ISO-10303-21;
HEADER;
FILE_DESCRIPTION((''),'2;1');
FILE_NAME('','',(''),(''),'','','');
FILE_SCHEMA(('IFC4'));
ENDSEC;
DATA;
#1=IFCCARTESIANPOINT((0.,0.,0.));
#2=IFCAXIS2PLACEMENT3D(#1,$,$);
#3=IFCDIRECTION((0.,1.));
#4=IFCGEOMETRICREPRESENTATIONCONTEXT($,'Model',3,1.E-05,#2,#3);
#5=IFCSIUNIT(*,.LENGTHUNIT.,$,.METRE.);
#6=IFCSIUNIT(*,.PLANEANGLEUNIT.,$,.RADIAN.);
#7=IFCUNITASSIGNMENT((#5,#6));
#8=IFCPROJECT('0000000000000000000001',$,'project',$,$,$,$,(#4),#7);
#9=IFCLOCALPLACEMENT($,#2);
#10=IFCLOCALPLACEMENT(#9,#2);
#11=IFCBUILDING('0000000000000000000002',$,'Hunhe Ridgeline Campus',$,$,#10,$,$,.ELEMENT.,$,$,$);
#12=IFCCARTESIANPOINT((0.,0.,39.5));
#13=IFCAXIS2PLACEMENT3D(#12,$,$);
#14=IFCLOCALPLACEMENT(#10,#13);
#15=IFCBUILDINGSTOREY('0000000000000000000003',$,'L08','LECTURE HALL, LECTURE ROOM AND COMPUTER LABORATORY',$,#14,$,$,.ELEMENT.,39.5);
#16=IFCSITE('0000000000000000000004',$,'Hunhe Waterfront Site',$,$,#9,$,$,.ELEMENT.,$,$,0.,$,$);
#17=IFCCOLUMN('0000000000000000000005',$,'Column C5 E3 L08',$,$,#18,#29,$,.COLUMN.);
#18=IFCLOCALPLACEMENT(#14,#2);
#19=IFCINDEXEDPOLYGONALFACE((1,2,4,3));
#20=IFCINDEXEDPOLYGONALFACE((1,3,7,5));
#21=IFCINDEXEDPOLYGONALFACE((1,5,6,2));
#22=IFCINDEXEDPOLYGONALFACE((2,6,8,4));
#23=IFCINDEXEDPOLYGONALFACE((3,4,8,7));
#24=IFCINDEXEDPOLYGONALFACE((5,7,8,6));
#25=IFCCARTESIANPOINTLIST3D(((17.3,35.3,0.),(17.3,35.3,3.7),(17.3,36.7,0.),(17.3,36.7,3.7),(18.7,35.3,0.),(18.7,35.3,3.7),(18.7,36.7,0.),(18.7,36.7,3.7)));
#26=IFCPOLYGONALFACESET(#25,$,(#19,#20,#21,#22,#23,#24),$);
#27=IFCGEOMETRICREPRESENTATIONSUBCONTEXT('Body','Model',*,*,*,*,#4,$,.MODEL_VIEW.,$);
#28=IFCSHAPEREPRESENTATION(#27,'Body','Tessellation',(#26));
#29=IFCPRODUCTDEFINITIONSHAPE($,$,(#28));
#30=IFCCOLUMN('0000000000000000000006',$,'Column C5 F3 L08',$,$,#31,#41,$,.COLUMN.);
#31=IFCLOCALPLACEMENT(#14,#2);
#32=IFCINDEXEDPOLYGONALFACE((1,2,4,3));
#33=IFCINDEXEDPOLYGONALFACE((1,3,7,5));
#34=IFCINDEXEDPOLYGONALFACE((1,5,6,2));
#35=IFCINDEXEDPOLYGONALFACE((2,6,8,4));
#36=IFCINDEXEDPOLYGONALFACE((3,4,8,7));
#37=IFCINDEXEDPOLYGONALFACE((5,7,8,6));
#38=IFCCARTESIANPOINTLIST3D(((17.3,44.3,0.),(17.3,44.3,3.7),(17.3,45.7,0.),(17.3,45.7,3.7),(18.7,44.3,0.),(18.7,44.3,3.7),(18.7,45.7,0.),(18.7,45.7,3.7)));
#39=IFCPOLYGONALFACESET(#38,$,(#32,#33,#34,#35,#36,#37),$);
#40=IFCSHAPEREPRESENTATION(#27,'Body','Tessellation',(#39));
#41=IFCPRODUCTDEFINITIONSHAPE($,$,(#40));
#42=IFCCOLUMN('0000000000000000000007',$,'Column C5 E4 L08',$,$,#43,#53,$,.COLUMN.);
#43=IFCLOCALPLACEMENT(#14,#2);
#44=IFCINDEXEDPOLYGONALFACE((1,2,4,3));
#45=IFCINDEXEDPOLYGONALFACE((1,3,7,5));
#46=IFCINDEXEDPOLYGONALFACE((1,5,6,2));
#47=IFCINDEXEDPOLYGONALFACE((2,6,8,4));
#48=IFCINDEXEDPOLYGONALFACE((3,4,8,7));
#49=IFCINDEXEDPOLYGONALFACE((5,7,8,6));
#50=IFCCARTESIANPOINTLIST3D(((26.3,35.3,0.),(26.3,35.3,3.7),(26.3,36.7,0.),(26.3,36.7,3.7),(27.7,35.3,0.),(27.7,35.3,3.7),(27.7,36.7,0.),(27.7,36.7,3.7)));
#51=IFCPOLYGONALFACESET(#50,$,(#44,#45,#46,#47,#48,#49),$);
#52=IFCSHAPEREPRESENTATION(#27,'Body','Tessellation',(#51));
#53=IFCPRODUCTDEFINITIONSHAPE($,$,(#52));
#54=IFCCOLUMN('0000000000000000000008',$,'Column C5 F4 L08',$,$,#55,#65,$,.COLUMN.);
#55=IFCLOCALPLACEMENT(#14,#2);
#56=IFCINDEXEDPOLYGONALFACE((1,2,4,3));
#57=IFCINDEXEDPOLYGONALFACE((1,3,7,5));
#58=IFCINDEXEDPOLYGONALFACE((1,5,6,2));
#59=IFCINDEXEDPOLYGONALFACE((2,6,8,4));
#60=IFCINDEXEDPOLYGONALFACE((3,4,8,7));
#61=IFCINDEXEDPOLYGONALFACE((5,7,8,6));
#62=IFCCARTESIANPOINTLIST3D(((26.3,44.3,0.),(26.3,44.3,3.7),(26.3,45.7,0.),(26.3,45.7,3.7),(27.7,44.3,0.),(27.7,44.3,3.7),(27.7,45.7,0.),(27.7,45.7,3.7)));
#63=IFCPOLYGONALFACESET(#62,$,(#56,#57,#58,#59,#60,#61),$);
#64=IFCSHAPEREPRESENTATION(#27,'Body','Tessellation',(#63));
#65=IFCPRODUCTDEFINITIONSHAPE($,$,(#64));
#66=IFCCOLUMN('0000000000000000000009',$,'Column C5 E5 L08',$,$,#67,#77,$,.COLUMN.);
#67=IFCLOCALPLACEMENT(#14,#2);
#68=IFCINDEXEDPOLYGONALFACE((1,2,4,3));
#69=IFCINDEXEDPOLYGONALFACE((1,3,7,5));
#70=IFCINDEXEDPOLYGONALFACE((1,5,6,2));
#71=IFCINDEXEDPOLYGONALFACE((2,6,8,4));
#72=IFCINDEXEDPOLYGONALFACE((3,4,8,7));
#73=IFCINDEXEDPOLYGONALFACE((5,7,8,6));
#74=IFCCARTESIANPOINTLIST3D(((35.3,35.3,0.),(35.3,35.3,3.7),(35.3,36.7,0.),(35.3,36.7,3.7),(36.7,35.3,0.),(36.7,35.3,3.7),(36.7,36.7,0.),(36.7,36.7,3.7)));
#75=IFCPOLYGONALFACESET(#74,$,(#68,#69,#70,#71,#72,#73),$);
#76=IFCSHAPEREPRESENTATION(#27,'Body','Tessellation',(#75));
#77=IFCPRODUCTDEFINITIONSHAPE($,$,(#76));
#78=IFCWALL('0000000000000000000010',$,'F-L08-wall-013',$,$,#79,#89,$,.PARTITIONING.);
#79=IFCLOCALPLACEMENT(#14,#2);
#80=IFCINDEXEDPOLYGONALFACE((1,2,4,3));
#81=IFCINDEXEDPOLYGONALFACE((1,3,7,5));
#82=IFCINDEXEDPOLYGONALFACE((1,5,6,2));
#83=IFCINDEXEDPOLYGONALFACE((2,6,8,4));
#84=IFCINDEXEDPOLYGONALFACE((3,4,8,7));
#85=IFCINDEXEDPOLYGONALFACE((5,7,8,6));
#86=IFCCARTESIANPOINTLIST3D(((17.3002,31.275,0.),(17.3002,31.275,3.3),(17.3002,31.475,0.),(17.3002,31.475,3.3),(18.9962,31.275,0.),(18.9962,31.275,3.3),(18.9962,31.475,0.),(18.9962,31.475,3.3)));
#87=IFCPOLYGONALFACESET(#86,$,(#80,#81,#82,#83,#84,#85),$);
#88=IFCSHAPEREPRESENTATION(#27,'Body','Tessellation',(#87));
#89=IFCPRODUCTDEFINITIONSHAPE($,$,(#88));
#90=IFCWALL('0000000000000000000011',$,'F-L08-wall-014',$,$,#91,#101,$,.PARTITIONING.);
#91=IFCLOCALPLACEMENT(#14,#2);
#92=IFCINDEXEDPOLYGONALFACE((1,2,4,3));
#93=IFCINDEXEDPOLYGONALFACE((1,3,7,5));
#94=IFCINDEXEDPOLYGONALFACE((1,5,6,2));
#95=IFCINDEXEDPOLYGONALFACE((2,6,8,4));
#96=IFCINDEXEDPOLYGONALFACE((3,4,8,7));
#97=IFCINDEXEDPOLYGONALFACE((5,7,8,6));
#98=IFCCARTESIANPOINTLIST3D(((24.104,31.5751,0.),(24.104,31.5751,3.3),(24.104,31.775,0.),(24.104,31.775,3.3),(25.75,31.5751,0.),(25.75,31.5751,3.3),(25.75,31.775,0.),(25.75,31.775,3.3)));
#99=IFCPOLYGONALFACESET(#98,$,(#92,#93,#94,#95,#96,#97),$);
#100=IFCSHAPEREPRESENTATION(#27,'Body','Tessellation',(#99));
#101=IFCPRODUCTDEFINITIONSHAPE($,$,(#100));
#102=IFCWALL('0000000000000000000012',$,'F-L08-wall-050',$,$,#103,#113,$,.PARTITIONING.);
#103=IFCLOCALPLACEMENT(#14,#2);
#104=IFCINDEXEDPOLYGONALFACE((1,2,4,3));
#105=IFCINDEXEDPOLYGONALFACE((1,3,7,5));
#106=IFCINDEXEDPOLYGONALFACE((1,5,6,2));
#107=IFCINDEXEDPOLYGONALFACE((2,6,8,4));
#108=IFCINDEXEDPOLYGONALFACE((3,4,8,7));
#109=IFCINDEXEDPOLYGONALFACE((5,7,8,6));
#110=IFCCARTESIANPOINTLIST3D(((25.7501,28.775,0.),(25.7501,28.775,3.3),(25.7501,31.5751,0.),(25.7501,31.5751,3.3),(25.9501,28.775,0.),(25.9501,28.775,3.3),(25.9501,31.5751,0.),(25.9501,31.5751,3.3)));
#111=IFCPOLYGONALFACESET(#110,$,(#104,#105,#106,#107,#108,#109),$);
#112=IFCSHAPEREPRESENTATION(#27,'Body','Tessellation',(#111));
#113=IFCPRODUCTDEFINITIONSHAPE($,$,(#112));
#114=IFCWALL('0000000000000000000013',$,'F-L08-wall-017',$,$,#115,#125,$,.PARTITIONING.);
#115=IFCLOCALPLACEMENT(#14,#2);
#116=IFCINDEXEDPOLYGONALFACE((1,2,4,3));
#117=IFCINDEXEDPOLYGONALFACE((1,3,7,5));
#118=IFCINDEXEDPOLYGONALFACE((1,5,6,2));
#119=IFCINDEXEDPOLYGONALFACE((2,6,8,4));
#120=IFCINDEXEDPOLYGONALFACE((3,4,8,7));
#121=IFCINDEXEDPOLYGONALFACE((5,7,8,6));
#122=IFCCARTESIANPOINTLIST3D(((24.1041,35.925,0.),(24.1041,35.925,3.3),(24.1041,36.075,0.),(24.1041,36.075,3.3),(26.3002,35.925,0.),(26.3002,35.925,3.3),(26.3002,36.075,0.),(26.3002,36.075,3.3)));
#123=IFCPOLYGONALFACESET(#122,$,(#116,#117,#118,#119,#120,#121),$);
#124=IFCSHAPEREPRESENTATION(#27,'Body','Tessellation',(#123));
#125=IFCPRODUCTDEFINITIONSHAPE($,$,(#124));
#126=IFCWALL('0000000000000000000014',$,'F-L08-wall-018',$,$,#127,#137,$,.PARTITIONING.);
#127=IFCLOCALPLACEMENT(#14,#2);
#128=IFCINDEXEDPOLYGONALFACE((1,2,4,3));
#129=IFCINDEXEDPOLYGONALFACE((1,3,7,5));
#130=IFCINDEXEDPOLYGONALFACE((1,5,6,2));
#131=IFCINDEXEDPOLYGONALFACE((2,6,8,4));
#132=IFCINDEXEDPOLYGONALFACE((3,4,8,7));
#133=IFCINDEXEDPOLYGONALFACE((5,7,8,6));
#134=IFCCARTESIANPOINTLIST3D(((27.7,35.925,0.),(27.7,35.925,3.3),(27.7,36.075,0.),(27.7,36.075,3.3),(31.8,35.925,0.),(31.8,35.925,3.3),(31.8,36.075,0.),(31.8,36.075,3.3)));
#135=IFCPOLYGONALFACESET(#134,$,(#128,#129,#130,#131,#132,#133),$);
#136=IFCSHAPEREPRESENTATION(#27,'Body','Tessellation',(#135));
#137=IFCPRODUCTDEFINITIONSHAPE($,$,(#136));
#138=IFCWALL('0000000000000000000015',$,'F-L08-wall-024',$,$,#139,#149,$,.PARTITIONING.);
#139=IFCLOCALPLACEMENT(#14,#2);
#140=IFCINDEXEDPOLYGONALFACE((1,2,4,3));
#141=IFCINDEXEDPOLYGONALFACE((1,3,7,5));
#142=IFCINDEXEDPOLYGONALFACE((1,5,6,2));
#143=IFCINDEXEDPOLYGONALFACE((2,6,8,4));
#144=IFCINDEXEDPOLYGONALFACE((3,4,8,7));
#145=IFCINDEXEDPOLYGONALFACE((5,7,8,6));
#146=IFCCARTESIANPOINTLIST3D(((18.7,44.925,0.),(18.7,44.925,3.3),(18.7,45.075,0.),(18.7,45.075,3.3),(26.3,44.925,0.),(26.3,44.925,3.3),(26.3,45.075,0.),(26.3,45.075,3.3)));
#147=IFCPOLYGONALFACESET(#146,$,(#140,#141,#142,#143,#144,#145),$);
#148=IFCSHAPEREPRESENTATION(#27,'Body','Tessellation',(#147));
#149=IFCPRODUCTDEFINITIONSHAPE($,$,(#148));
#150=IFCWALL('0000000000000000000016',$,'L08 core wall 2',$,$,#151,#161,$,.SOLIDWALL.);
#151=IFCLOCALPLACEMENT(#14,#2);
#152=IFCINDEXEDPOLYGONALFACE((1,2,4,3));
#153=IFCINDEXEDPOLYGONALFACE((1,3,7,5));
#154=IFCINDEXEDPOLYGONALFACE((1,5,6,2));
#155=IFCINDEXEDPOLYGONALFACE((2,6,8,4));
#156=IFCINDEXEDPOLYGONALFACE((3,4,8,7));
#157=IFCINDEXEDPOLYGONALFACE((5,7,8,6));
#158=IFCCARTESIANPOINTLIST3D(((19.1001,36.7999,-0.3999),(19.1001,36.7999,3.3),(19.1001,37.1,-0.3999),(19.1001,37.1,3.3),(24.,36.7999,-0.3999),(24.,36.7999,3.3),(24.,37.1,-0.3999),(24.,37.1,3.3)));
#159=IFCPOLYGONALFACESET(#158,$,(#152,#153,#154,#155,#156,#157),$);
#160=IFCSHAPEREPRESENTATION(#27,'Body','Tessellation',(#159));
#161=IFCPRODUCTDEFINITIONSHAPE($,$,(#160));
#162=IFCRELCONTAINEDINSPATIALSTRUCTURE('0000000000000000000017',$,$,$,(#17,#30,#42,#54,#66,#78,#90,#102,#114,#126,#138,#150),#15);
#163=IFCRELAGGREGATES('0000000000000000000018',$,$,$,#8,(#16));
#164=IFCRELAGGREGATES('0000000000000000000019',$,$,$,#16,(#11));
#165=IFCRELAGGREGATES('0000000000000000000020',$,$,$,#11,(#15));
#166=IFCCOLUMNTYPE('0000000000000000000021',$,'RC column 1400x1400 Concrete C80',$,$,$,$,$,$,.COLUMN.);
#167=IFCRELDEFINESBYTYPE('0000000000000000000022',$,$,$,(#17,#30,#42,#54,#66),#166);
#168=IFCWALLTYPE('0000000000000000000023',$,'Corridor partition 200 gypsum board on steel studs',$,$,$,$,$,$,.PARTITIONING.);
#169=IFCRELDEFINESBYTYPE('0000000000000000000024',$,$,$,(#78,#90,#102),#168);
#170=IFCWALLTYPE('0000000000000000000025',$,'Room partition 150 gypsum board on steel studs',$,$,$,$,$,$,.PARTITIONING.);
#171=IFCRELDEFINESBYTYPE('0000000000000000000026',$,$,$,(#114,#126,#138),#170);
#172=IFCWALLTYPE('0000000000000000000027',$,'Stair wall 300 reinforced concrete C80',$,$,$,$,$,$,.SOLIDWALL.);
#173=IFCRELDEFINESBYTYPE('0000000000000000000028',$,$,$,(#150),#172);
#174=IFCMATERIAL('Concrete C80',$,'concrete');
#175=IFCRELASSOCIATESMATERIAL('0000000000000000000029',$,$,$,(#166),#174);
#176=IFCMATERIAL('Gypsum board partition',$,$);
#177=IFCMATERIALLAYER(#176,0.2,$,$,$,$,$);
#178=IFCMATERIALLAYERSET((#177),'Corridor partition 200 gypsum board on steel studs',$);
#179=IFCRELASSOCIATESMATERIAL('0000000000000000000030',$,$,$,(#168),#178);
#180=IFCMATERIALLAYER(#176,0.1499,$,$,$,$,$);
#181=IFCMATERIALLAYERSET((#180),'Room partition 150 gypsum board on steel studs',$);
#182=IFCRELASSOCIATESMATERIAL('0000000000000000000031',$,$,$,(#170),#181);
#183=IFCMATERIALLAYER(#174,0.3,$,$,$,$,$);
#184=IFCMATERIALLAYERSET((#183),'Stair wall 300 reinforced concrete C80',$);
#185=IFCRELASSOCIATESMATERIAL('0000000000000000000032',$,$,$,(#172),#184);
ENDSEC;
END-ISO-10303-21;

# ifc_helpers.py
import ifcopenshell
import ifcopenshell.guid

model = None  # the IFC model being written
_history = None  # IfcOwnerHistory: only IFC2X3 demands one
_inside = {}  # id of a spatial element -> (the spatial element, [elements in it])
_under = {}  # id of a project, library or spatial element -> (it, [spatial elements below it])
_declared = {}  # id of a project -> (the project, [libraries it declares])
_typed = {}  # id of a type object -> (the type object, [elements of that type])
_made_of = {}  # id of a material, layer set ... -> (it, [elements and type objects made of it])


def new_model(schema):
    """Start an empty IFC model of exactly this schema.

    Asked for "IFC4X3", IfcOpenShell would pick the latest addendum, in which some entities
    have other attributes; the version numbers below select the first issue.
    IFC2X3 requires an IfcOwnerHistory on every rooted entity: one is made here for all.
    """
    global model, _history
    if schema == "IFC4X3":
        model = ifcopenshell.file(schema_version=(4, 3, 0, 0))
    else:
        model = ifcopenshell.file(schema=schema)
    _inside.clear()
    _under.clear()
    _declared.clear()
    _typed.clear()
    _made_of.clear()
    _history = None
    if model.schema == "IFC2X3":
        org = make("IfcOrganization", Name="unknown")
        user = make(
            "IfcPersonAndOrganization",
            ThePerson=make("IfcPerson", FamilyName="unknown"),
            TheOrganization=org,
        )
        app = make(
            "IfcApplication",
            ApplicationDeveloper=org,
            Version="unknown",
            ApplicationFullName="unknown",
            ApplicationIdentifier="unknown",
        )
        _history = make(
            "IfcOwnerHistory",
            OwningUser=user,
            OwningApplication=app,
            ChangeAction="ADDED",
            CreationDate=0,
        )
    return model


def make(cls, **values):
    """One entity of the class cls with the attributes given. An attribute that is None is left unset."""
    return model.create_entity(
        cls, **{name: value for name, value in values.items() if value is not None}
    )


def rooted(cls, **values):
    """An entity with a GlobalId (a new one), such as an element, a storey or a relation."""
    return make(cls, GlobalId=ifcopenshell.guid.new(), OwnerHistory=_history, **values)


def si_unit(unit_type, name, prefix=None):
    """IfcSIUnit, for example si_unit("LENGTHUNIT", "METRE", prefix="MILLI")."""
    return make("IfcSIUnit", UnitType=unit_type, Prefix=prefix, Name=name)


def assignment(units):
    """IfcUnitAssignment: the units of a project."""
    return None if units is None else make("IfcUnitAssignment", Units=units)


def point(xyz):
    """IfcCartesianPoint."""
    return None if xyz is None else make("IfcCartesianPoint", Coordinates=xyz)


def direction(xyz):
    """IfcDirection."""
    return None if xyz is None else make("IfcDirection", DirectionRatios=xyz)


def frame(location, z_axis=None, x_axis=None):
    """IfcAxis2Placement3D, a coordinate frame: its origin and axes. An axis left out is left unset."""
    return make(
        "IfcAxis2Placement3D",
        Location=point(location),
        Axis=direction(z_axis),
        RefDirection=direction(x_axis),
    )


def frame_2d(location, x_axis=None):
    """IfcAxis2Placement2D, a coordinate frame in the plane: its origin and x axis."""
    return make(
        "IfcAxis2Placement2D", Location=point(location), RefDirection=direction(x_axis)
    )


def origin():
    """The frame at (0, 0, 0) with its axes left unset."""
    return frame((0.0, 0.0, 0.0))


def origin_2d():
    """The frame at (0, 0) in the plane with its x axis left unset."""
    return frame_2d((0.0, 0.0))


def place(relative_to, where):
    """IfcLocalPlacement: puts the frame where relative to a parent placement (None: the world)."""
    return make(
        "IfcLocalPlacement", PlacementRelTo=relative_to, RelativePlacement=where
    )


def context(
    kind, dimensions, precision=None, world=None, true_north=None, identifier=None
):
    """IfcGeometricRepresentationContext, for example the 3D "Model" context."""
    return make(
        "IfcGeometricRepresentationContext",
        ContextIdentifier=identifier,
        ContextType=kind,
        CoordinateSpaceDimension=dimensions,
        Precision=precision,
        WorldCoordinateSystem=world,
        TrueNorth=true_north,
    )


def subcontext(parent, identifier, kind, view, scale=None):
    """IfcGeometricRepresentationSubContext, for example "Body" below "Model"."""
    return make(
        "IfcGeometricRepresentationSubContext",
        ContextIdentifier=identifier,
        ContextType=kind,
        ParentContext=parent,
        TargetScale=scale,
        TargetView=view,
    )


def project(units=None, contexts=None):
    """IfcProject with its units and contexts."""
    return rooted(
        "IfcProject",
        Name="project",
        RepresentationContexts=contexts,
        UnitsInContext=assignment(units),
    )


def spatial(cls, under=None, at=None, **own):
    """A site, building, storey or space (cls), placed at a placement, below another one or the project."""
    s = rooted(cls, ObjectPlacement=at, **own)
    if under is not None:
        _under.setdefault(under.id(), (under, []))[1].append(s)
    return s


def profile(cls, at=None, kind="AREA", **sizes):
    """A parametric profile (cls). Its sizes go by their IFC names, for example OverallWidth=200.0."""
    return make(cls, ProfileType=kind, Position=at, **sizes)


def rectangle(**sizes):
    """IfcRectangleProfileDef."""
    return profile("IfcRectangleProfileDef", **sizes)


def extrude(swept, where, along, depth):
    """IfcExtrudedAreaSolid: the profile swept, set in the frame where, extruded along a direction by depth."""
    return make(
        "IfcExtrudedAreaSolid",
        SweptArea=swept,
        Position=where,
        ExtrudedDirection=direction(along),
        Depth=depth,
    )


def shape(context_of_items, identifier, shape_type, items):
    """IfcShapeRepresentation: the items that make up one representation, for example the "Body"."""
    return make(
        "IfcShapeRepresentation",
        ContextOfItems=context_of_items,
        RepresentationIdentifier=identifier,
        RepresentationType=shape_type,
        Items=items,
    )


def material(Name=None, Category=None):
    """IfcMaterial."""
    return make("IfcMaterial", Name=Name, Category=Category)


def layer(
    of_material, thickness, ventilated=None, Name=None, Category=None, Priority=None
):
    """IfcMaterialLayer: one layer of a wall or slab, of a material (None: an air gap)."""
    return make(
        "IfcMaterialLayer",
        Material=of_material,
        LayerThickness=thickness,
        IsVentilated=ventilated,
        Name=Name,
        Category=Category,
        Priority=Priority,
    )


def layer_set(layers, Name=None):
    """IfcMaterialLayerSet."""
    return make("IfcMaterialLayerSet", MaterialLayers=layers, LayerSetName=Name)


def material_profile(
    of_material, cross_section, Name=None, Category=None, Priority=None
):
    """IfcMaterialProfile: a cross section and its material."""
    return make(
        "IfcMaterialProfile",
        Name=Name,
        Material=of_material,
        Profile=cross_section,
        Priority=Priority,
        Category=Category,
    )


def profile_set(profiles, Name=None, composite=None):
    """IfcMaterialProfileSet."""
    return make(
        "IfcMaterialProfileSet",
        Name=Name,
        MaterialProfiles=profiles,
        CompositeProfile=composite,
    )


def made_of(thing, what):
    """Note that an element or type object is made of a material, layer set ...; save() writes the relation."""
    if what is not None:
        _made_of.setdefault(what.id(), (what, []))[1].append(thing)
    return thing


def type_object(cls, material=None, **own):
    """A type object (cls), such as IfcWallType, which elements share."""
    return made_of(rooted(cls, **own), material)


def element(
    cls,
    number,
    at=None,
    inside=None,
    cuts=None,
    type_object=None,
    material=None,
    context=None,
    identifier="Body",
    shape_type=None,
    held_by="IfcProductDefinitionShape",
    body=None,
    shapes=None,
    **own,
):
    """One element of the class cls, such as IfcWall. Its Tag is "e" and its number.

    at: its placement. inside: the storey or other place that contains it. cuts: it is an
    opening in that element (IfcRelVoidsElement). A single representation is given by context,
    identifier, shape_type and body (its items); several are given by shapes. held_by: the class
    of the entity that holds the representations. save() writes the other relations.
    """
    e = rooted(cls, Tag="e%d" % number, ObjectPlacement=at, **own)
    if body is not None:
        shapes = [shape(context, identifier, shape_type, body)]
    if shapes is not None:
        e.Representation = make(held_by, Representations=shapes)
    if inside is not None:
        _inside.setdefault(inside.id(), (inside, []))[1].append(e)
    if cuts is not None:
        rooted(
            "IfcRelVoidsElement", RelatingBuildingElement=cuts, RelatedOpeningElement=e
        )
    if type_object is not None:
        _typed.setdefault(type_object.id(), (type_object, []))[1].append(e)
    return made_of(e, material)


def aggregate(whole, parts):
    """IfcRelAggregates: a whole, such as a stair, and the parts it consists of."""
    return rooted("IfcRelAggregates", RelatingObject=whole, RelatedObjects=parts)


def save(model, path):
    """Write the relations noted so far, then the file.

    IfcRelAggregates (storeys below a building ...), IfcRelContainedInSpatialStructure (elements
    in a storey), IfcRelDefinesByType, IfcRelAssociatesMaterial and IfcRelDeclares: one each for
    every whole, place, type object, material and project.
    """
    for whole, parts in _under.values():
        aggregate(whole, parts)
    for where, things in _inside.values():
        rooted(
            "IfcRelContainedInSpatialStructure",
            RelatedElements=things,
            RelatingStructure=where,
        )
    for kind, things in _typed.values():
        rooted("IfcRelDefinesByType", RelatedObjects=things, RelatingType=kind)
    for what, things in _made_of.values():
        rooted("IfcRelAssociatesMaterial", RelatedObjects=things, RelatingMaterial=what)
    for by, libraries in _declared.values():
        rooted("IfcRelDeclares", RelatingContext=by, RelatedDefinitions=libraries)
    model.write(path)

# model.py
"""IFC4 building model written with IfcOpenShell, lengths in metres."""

from ifc_helpers import new_model, si_unit, direction, frame, frame_2d, origin, origin_2d, place, context, subcontext, project, spatial, rectangle, extrude, material, layer, layer_set, material_profile, profile_set, type_object, element, save


model = new_model("IFC4")

# Units and contexts
model_context = context("Model", 3, precision=1e-05, world=origin(), true_north=direction((0.0, 1.0)))
body_context = subcontext(model_context, "Body", "Model", "MODEL_VIEW")
ifc_project = project(units=[si_unit("LENGTHUNIT", "METRE"), si_unit("PLANEANGLEUNIT", "RADIAN")], contexts=[model_context])

# Site, building, storey
site_placement = place(None, origin())
site = spatial("IfcSite", under=ifc_project, at=site_placement, Name="Hunhe Waterfront Site", CompositionType="ELEMENT", RefElevation=0.0)
building_placement = place(site_placement, origin())
building = spatial("IfcBuilding", under=site, at=building_placement, Name="Hunhe Ridgeline Campus", CompositionType="ELEMENT")
storey_placement = place(building_placement, frame((0.0, 0.0, 39.5)))
storey = spatial("IfcBuildingStorey", under=building, at=storey_placement, Name="L08", Description="LECTURE HALL, LECTURE ROOM AND COMPUTER LABORATORY", CompositionType="ELEMENT", Elevation=39.5)

# Columns
ifc_material_1 = material(Name="Concrete C80", Category="concrete")
ifc_material_profile = material_profile(ifc_material_1, rectangle(XDim=1.3999, YDim=1.3999, at=origin_2d()))
ifc_profile_set = profile_set([ifc_material_profile], Name="Concrete C80")
column_type = type_object("IfcColumnType", Name="RC column 1400x1400 Concrete C80", PredefinedType="COLUMN", material=ifc_profile_set)
for number, where, z_axis, x_axis, name in (
    (1, (18.0, 36.0, 0.0), (0.0, 0.0, 1.0), (1.0, 0.0, 0.0), "Column C5 E3 L08"),
    (2, (18.0, 45.0, 0.0), (0.0, 0.0, 1.0), (1.0, 0.0, 0.0), "Column C5 F3 L08"),
    (3, (27.0, 36.0, 0.0), (0.0, 0.0, 1.0), (1.0, 0.0, 0.0), "Column C5 E4 L08"),
    (4, (27.0, 45.0, 0.0), (0.0, 0.0, 1.0), (1.0, 0.0, 0.0), "Column C5 F4 L08"),
    (5, (36.0, 36.0, 0.0), (0.0, 0.0, 1.0), (1.0, 0.0, 0.0), "Column C5 E5 L08"),
):
    element("IfcColumn", number, at=place(storey_placement, frame(where, z_axis=z_axis, x_axis=x_axis)), inside=storey, type_object=column_type, Name=name, PredefinedType="COLUMN", context=body_context, shape_type="SweptSolid", body=[
        extrude(rectangle(XDim=1.3999, YDim=1.3999, at=origin_2d()), origin(), (0.0, 0.0, 1.0), 3.7),
    ])

# Walls
ifc_material_2 = material(Name="Gypsum board partition")
ifc_layer_1 = layer(ifc_material_2, 0.2)
ifc_layer_set_1 = layer_set([ifc_layer_1], Name="Corridor partition 200 gypsum board on steel studs")
wall_type_1 = type_object("IfcWallType", Name="Corridor partition 200 gypsum board on steel studs", PredefinedType="PARTITIONING", material=ifc_layer_set_1)
wall_1_placement = place(storey_placement, frame((17.3, 31.375, 0.0), z_axis=(0.0, 0.0, 1.0), x_axis=(1.0, 0.0, 0.0)))
element("IfcWall", 6, at=wall_1_placement, inside=storey, type_object=wall_type_1, Name="F-L08-wall-013", PredefinedType="PARTITIONING", context=body_context, shape_type="SweptSolid", body=[
    extrude(rectangle(XDim=1.696, YDim=0.2, at=frame_2d((0.8481, 0.0))), origin(), (0.0, 0.0, 1.0), 3.3),
])
wall_2_placement = place(storey_placement, frame((24.104, 31.675, 0.0), z_axis=(0.0, 0.0, 1.0), x_axis=(1.0, 0.0, 0.0)))
element("IfcWall", 7, at=wall_2_placement, inside=storey, type_object=wall_type_1, Name="F-L08-wall-014", PredefinedType="PARTITIONING", context=body_context, shape_type="SweptSolid", body=[
    extrude(rectangle(XDim=1.646, YDim=0.2, at=frame_2d((0.823, 0.0))), origin(), (0.0, 0.0, 1.0), 3.3),
])

# Walls
wall_3_placement = place(storey_placement, frame((25.8501, 31.575, 0.0), z_axis=(0.0, 0.0, 1.0), x_axis=(0.0, -1.0, 0.0)))
element("IfcWall", 8, at=wall_3_placement, inside=storey, type_object=wall_type_1, Name="F-L08-wall-050", PredefinedType="PARTITIONING", context=body_context, shape_type="SweptSolid", body=[
    extrude(rectangle(XDim=2.8, YDim=0.2, at=frame_2d((1.3999, 0.0))), origin(), (0.0, 0.0, 1.0), 3.3),
])
ifc_layer_2 = layer(ifc_material_2, 0.1499)
ifc_layer_set_2 = layer_set([ifc_layer_2], Name="Room partition 150 gypsum board on steel studs")
wall_type_2 = type_object("IfcWallType", Name="Room partition 150 gypsum board on steel studs", PredefinedType="PARTITIONING", material=ifc_layer_set_2)
wall_4_placement = place(storey_placement, frame((24.104, 36.0, 0.0), z_axis=(0.0, 0.0, 1.0), x_axis=(1.0, 0.0, 0.0)))
element("IfcWall", 9, at=wall_4_placement, inside=storey, type_object=wall_type_2, Name="F-L08-wall-017", PredefinedType="PARTITIONING", context=body_context, shape_type="SweptSolid", body=[
    extrude(rectangle(XDim=2.196, YDim=0.1499, at=frame_2d((1.0981, 0.0))), origin(), (0.0, 0.0, 1.0), 3.3),
])
wall_5_placement = place(storey_placement, frame((27.7, 36.0, 0.0), z_axis=(0.0, 0.0, 1.0), x_axis=(1.0, 0.0, 0.0)))
element("IfcWall", 10, at=wall_5_placement, inside=storey, type_object=wall_type_2, Name="F-L08-wall-018", PredefinedType="PARTITIONING", context=body_context, shape_type="SweptSolid", body=[
    extrude(rectangle(XDim=4.1001, YDim=0.1499, at=frame_2d((2.05, 0.0))), origin(), (0.0, 0.0, 1.0), 3.3),
])
wall_6_placement = place(storey_placement, frame((18.7, 45.0, 0.0), z_axis=(0.0, 0.0, 1.0), x_axis=(1.0, 0.0, 0.0)))
element("IfcWall", 11, at=wall_6_placement, inside=storey, type_object=wall_type_2, Name="F-L08-wall-024", PredefinedType="PARTITIONING", context=body_context, shape_type="SweptSolid", body=[
    extrude(rectangle(XDim=7.6001, YDim=0.1499, at=frame_2d((3.8, 0.0))), origin(), (0.0, 0.0, 1.0), 3.3),
])
ifc_layer_3 = layer(ifc_material_1, 0.3)
ifc_layer_set_3 = layer_set([ifc_layer_3], Name="Stair wall 300 reinforced concrete C80")
wall_type_3 = type_object("IfcWallType", Name="Stair wall 300 reinforced concrete C80", PredefinedType="SOLIDWALL", material=ifc_layer_set_3)
wall_7_placement = place(storey_placement, frame((19.1001, 36.95, -0.3999), z_axis=(0.0, 0.0, 1.0), x_axis=(1.0, 0.0, 0.0)))
element("IfcWall", 12, at=wall_7_placement, inside=storey, type_object=wall_type_3, Name="L08 core wall 2", PredefinedType="SOLIDWALL", context=body_context, shape_type="SweptSolid", body=[
    extrude(rectangle(XDim=4.8999, YDim=0.3, at=frame_2d((2.45, 0.0))), origin(), (0.0, 0.0, 1.0), 3.7),
])

save(model, "model.ifc")
